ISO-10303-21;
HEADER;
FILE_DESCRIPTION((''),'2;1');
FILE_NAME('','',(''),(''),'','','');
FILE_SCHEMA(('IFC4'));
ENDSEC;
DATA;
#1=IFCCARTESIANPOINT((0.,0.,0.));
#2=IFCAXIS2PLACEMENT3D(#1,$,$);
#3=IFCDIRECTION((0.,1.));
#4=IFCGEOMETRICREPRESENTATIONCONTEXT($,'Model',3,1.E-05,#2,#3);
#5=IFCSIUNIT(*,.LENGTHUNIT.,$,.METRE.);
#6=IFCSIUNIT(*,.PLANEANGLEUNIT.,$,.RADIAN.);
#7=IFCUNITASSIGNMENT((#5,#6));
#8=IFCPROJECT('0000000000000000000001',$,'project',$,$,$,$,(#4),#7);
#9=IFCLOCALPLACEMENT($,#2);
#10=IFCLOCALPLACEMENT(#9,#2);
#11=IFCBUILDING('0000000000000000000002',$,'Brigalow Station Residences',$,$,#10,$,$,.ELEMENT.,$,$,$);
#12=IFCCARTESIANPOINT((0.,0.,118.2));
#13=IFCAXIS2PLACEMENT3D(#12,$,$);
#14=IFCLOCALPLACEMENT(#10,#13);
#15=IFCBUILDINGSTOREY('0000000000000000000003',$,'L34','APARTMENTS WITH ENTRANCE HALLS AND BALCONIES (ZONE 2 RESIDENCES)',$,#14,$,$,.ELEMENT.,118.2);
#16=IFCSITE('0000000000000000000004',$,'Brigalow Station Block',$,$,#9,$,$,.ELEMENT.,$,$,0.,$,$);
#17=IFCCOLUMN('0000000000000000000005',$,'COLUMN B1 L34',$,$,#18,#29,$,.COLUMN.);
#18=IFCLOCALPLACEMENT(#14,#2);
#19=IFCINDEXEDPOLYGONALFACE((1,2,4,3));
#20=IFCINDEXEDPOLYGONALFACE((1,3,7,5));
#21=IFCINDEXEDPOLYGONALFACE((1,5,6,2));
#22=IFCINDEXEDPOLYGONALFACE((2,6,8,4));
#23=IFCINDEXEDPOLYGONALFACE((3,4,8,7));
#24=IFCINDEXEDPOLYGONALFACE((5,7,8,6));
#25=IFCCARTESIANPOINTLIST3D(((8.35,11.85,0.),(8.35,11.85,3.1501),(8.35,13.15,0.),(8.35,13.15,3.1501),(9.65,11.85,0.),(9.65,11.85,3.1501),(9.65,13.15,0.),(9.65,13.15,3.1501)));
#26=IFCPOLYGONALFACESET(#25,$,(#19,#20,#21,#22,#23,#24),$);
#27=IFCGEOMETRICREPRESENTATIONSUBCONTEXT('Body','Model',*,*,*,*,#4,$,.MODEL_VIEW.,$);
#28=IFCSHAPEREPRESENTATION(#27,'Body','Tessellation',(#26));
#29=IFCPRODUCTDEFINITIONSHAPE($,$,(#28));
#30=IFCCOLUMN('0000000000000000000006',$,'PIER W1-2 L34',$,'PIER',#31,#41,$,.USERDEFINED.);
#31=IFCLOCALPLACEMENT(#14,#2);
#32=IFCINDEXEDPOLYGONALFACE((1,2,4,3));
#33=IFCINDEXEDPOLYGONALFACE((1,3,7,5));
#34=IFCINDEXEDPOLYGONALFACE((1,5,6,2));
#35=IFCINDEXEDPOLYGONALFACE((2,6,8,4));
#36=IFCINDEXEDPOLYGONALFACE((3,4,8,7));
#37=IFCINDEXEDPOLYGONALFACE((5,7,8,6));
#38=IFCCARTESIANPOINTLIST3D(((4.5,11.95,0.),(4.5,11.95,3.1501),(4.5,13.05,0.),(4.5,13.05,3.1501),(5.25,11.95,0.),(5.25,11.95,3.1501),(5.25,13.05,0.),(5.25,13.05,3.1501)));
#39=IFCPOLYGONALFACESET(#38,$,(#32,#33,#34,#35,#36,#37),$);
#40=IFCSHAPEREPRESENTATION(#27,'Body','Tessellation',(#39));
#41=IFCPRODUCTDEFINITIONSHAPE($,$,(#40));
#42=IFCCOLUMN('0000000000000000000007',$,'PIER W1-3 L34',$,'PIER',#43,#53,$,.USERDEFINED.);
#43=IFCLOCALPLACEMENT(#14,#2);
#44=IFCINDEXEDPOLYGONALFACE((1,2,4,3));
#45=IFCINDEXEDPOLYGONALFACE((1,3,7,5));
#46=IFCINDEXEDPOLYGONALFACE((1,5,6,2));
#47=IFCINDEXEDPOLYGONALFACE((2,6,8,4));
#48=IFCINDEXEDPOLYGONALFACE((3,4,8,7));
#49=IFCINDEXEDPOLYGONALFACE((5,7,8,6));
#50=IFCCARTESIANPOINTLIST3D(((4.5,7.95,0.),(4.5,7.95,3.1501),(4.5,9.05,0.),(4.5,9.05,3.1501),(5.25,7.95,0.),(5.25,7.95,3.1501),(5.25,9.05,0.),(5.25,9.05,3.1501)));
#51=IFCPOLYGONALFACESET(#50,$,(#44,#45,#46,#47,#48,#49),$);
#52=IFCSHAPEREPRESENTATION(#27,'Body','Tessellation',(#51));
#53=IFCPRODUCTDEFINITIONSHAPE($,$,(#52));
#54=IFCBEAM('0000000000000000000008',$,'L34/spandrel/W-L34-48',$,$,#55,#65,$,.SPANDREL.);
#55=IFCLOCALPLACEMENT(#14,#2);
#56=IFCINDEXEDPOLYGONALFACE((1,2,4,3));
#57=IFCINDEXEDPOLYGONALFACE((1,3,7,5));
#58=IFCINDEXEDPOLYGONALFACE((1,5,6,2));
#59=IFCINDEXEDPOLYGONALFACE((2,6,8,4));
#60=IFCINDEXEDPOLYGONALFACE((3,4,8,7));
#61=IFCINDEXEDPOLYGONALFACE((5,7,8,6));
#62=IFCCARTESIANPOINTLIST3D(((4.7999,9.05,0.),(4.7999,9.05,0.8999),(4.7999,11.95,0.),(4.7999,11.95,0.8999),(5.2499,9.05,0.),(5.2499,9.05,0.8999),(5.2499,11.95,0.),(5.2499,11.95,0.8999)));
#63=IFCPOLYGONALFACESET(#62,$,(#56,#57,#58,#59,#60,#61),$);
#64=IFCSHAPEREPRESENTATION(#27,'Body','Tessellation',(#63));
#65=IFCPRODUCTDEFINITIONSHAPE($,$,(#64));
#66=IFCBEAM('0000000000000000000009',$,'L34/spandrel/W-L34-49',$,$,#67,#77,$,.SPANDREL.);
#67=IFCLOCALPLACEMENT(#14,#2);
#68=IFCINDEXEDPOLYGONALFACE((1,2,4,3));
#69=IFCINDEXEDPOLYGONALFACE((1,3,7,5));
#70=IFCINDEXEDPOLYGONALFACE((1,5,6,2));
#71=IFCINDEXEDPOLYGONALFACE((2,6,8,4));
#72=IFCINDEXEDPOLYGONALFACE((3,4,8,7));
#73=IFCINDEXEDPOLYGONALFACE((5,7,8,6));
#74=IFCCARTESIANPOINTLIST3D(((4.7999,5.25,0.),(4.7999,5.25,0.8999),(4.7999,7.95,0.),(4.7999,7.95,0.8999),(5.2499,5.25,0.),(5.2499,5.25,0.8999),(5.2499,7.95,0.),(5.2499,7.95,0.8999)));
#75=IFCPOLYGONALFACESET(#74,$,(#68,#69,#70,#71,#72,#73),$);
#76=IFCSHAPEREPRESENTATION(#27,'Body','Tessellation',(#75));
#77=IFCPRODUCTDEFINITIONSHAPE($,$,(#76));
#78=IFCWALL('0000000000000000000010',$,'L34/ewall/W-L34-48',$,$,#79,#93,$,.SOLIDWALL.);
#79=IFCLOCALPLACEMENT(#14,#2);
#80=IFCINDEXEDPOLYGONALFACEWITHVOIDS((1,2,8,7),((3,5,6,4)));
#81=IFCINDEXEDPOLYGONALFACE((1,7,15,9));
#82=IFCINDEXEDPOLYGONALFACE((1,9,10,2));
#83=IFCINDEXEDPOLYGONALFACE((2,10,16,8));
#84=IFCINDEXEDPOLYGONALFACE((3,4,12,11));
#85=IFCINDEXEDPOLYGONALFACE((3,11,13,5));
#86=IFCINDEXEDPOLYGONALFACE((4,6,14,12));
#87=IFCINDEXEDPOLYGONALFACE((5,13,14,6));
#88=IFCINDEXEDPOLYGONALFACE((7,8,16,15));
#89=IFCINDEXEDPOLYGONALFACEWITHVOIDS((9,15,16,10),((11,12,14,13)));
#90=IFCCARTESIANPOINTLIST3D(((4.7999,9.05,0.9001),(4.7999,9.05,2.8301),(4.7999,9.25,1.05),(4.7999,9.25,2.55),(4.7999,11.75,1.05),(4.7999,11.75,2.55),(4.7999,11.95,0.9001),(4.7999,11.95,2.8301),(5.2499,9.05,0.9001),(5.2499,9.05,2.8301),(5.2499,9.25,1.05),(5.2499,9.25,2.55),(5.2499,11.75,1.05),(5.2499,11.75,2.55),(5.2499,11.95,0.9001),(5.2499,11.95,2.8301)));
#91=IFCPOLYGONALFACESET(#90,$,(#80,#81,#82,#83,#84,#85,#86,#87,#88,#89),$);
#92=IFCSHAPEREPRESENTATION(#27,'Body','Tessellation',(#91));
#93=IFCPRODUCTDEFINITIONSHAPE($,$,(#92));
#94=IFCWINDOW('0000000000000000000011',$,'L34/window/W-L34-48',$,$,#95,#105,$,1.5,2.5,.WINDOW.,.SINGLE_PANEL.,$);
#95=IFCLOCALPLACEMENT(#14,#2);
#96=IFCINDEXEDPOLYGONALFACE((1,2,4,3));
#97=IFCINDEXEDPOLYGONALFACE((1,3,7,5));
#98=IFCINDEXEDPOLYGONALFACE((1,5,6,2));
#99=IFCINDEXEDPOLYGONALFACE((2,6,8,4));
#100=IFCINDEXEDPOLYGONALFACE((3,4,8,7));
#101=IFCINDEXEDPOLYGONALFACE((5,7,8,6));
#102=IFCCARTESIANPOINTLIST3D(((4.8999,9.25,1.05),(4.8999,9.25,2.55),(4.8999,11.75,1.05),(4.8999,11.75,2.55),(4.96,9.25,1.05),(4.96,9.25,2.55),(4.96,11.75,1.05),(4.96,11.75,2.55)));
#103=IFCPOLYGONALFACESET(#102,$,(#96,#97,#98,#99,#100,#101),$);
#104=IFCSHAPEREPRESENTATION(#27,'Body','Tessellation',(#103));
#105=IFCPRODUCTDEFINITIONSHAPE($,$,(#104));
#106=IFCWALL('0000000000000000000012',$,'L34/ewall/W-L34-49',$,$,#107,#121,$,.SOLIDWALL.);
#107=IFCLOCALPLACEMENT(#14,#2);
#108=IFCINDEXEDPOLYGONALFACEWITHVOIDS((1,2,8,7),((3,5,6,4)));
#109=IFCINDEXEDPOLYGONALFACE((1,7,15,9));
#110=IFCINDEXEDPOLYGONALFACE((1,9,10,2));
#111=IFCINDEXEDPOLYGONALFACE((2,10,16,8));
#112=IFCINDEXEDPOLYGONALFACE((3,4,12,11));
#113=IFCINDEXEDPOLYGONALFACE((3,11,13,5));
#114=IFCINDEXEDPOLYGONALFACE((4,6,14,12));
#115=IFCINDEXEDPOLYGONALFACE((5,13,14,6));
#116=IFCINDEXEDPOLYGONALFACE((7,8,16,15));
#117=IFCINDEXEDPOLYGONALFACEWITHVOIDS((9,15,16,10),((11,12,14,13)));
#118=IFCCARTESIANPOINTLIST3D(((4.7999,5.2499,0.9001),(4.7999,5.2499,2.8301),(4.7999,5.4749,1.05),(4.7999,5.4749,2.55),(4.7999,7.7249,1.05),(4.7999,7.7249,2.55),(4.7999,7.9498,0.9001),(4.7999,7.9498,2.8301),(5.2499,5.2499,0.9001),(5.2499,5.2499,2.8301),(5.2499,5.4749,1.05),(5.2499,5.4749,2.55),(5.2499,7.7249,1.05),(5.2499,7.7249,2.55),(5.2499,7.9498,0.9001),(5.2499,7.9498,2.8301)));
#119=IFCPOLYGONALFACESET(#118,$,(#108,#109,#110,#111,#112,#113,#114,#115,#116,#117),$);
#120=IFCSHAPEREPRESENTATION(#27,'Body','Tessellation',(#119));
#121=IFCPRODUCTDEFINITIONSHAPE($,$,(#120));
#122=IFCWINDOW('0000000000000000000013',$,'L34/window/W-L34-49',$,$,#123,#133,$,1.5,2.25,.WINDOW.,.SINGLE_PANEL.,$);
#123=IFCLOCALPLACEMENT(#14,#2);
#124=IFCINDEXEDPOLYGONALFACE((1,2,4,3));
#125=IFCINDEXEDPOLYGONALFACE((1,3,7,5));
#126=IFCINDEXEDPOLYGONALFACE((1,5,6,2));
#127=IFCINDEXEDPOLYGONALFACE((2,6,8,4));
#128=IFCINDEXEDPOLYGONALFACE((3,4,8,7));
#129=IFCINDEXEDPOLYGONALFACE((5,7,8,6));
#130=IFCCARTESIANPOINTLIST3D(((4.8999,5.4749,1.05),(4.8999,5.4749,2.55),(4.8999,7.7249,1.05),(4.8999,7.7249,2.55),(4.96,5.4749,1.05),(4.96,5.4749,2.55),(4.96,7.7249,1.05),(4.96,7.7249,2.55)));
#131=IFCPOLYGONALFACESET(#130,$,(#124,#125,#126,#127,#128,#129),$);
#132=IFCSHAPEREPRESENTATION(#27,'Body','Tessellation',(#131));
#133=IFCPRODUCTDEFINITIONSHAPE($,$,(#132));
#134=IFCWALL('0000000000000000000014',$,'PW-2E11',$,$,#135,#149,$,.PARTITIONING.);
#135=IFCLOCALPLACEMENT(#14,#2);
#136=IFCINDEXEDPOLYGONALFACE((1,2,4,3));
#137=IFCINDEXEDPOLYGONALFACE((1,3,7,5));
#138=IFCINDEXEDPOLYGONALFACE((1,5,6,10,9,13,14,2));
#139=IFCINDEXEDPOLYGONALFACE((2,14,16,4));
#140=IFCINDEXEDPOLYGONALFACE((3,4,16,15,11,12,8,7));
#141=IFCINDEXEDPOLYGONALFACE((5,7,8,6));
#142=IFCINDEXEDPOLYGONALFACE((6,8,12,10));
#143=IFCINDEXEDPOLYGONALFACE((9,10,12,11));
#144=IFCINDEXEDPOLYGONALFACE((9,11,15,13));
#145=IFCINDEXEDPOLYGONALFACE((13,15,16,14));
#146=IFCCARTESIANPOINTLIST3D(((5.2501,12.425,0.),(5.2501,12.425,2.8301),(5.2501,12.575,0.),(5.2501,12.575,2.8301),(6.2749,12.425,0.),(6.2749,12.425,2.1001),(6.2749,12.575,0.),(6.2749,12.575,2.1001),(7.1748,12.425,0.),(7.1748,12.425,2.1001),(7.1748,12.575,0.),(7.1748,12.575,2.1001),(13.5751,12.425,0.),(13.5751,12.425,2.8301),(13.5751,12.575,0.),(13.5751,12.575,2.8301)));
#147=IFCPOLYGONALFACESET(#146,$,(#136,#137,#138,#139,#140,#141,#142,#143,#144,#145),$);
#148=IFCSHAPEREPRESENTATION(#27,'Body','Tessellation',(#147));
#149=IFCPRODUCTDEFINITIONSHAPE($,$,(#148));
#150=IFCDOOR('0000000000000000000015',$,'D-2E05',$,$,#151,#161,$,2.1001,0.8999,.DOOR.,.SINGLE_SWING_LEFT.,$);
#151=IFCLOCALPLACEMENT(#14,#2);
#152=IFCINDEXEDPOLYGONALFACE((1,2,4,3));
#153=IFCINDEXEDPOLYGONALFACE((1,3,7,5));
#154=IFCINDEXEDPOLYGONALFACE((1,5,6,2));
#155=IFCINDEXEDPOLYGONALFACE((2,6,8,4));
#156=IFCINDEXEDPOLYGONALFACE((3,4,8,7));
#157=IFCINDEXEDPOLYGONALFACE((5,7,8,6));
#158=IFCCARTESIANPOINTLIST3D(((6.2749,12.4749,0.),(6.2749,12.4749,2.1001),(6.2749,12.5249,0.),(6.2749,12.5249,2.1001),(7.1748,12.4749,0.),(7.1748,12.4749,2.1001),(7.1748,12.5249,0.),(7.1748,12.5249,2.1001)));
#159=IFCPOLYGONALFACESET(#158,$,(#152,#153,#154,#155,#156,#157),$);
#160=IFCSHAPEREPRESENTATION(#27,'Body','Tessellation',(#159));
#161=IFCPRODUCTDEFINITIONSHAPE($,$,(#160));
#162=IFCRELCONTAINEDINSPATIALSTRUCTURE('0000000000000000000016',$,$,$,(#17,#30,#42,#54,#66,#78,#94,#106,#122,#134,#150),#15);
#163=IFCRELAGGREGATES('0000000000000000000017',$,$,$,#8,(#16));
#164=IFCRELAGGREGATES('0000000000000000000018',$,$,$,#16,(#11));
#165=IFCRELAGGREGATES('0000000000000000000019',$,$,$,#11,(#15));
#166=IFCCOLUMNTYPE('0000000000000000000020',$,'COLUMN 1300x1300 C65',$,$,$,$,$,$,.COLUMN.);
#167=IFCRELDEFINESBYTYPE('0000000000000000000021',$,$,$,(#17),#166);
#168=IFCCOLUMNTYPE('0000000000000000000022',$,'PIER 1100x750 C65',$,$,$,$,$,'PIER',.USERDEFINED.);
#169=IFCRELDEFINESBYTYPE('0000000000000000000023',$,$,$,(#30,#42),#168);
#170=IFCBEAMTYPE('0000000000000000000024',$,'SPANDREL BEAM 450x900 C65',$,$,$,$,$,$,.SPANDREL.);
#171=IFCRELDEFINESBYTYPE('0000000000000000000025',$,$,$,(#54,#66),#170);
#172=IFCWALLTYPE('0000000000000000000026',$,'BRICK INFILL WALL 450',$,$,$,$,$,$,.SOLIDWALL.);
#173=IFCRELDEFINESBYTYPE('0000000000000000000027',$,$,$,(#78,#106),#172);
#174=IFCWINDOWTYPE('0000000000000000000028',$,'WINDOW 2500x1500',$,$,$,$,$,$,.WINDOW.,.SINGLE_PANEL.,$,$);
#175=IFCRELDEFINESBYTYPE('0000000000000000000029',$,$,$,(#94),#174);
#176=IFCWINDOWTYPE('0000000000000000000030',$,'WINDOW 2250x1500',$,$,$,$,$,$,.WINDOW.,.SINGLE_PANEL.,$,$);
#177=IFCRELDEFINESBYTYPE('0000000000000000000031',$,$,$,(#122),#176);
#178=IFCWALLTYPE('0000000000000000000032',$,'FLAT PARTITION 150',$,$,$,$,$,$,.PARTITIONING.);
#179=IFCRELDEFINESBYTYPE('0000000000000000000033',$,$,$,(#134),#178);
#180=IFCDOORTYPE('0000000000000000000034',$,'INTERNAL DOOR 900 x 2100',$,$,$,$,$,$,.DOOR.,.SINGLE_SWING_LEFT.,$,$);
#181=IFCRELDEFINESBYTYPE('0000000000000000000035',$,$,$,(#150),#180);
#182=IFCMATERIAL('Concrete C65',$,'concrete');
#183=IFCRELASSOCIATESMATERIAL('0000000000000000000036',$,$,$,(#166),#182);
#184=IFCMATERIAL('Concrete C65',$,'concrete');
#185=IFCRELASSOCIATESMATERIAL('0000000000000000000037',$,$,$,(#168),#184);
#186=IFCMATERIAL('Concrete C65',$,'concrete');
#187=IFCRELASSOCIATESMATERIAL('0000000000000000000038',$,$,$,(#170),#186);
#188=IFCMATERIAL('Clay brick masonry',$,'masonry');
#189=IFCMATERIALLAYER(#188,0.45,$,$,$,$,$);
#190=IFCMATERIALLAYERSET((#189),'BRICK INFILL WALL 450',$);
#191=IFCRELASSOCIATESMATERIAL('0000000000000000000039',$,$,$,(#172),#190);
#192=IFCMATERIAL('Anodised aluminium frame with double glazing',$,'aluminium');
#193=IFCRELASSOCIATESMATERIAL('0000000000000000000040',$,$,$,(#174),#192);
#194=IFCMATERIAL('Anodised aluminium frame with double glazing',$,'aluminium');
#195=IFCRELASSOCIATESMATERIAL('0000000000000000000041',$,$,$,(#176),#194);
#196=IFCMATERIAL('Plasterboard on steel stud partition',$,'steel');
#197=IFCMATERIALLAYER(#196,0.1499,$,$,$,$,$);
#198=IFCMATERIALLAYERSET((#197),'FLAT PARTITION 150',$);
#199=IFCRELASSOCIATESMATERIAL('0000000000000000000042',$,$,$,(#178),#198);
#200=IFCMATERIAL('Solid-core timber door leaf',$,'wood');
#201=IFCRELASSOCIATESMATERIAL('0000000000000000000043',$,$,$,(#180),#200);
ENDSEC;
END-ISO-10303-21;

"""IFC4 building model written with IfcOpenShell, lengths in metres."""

from ifc_helpers import new_model, si_unit, direction, frame, frame_2d, origin, origin_2d, place, context, subcontext, project, spatial, rectangle, extrude, material, layer, layer_set, material_profile, profile_set, type_object, element, fill, save


model = new_model("IFC4")

# Units and contexts
model_context = context("Model", 3, precision=1e-05, world=origin(), true_north=direction((0.0, 1.0)))
body_context = subcontext(model_context, "Body", "Model", "MODEL_VIEW")
ifc_project = project(units=[si_unit("LENGTHUNIT", "METRE"), si_unit("PLANEANGLEUNIT", "RADIAN")], contexts=[model_context])

# Site, building, storey
site_placement = place(None, origin())
site = spatial("IfcSite", under=ifc_project, at=site_placement, Name="Brigalow Station Block", CompositionType="ELEMENT", RefElevation=0.0)
building_placement = place(site_placement, origin())
building = spatial("IfcBuilding", under=site, at=building_placement, Name="Brigalow Station Residences", CompositionType="ELEMENT")
storey_placement = place(building_placement, frame((0.0, 0.0, 118.2)))
storey = spatial("IfcBuildingStorey", under=building, at=storey_placement, Name="L34", Description="APARTMENTS WITH ENTRANCE HALLS AND BALCONIES (ZONE 2 RESIDENCES)", CompositionType="ELEMENT", Elevation=118.2)

# Columns
ifc_material_1 = material(Name="Concrete C65", Category="concrete")
ifc_material_profile_1 = material_profile(ifc_material_1, rectangle(XDim=1.3, YDim=1.3, at=origin_2d()), Name="RC1300x1300")
ifc_profile_set_1 = profile_set([ifc_material_profile_1], Name="Concrete C65")
column_type_1 = type_object("IfcColumnType", Name="COLUMN 1300x1300 C65", PredefinedType="COLUMN", material=ifc_profile_set_1)
column_placement = place(storey_placement, frame((9.0, 12.5, 0.0), z_axis=(0.0, 0.0, 1.0), x_axis=(1.0, 0.0, 0.0)))
element("IfcColumn", 1, at=column_placement, inside=storey, type_object=column_type_1, Name="COLUMN B1 L34", PredefinedType="COLUMN", context=body_context, shape_type="SweptSolid", body=[
    extrude(rectangle(XDim=1.3, YDim=1.3, at=origin_2d()), origin(), (0.0, 0.0, 1.0), 3.1501),
])
ifc_material_2 = material(Name="Concrete C65", Category="concrete")
ifc_material_profile_2 = material_profile(ifc_material_2, rectangle(XDim=1.1001, YDim=0.75, at=origin_2d()), Name="RC1100x750")
ifc_profile_set_2 = profile_set([ifc_material_profile_2], Name="Concrete C65")
column_type_2 = type_object("IfcColumnType", Name="PIER 1100x750 C65", ElementType="PIER", PredefinedType="USERDEFINED", material=ifc_profile_set_2)
for number, where, z_axis, x_axis, name in (
    (2, (4.875, 12.5, 0.0), (0.0, 0.0, 1.0), (0.0, -1.0, 0.0), "PIER W1-2 L34"),
    (3, (4.875, 8.5, 0.0), (0.0, 0.0, 1.0), (0.0, -1.0, 0.0), "PIER W1-3 L34"),
):
    element("IfcColumn", number, at=place(storey_placement, frame(where, z_axis=z_axis, x_axis=x_axis)), inside=storey, type_object=column_type_2, Name=name, ObjectType="PIER", PredefinedType="USERDEFINED", context=body_context, shape_type="SweptSolid", body=[
        extrude(rectangle(XDim=1.1001, YDim=0.75, at=origin_2d()), origin(), (0.0, 0.0, 1.0), 3.1501),
    ])

# Beams
ifc_material_3 = material(Name="Concrete C65", Category="concrete")
ifc_material_profile_3 = material_profile(ifc_material_3, rectangle(XDim=0.45, YDim=0.8999, at=origin_2d()), Name="RC450x900")
ifc_profile_set_3 = profile_set([ifc_material_profile_3], Name="Concrete C65")
beam_type = type_object("IfcBeamType", Name="SPANDREL BEAM 450x900 C65", PredefinedType="SPANDREL", material=ifc_profile_set_3)
beam_1_placement = place(storey_placement, frame((5.0249, 11.95, 0.45), z_axis=(0.0, -1.0, 0.0), x_axis=(1.0, 0.0, 0.0)))
element("IfcBeam", 4, at=beam_1_placement, inside=storey, type_object=beam_type, Name="L34/spandrel/W-L34-48", PredefinedType="SPANDREL", context=body_context, shape_type="SweptSolid", body=[
    extrude(rectangle(XDim=0.45, YDim=0.8999, at=origin_2d()), origin(), (0.0, 0.0, 1.0), 2.8999),
])
beam_2_placement = place(storey_placement, frame((5.0249, 7.95, 0.45), z_axis=(0.0, -1.0, 0.0), x_axis=(1.0, 0.0, 0.0)))
element("IfcBeam", 5, at=beam_2_placement, inside=storey, type_object=beam_type, Name="L34/spandrel/W-L34-49", PredefinedType="SPANDREL", context=body_context, shape_type="SweptSolid", body=[
    extrude(rectangle(XDim=0.45, YDim=0.8999, at=origin_2d()), origin(), (0.0, 0.0, 1.0), 2.7),
])

# Walls, openings, windows
ifc_material_4 = material(Name="Clay brick masonry", Category="masonry")
ifc_layer_1 = layer(ifc_material_4, 0.45)
ifc_layer_set_1 = layer_set([ifc_layer_1], Name="BRICK INFILL WALL 450")
wall_type_1 = type_object("IfcWallType", Name="BRICK INFILL WALL 450", PredefinedType="SOLIDWALL", material=ifc_layer_set_1)
wall_1_placement = place(storey_placement, frame((5.0249, 11.95, 0.9001), z_axis=(0.0, 0.0, 1.0), x_axis=(0.0, -1.0, 0.0)))
wall_1 = element("IfcWall", 6, at=wall_1_placement, inside=storey, type_object=wall_type_1, Name="L34/ewall/W-L34-48", PredefinedType="SOLIDWALL", context=body_context, shape_type="SweptSolid", body=[
    extrude(rectangle(XDim=2.8999, YDim=0.45, at=frame_2d((1.45, 0.0))), origin(), (0.0, 0.0, 1.0), 1.9299),
])
opening_1_placement = place(wall_1_placement, frame((0.2, 0.0, 0.1499)))
opening_1 = element("IfcOpeningElement", 7, at=opening_1_placement, cuts=wall_1, PredefinedType="OPENING", context=body_context, shape_type="SweptSolid", body=[
    extrude(rectangle(XDim=2.5, YDim=1.5, at=frame_2d((1.25, 0.75))), frame((0.0, 0.2349, 0.0), z_axis=(0.0, -1.0, 0.0), x_axis=(1.0, 0.0, 0.0)), (0.0, 0.0, 1.0), 0.47),
])
ifc_material_5 = material(Name="Anodised aluminium frame with double glazing", Category="aluminium")
window_type_1 = type_object("IfcWindowType", Name="WINDOW 2500x1500", PartitioningType="SINGLE_PANEL", PredefinedType="WINDOW", material=ifc_material_5)
window_1_placement = place(opening_1_placement, origin())
window_1 = element("IfcWindow", 8, at=window_1_placement, inside=storey, type_object=window_type_1, Name="L34/window/W-L34-48", OverallHeight=1.5, OverallWidth=2.5, PartitioningType="SINGLE_PANEL", PredefinedType="WINDOW", context=body_context, shape_type="SweptSolid", body=[
    extrude(rectangle(XDim=2.5, YDim=1.5, at=frame_2d((1.25, 0.75))), frame((0.0, -0.0649, 0.0), z_axis=(0.0, -1.0, 0.0), x_axis=(1.0, 0.0, 0.0)), (0.0, 0.0, 1.0), 0.0601),
])
fill(opening_1, window_1)
wall_2_placement = place(storey_placement, frame((5.0249, 7.95, 0.9001), z_axis=(0.0, 0.0, 1.0), x_axis=(0.0, -1.0, 0.0)))
wall_2 = element("IfcWall", 9, at=wall_2_placement, inside=storey, type_object=wall_type_1, Name="L34/ewall/W-L34-49", PredefinedType="SOLIDWALL", context=body_context, shape_type="SweptSolid", body=[
    extrude(rectangle(XDim=2.7, YDim=0.45, at=frame_2d((1.3501, 0.0))), origin(), (0.0, 0.0, 1.0), 1.9299),
])
opening_2_placement = place(wall_2_placement, frame((0.2251, 0.0, 0.1499)))
opening_2 = element("IfcOpeningElement", 10, at=opening_2_placement, cuts=wall_2, PredefinedType="OPENING", context=body_context, shape_type="SweptSolid", body=[
    extrude(rectangle(XDim=2.25, YDim=1.5, at=frame_2d((1.125, 0.75))), frame((0.0, 0.2349, 0.0), z_axis=(0.0, -1.0, 0.0), x_axis=(1.0, 0.0, 0.0)), (0.0, 0.0, 1.0), 0.47),
])
ifc_material_6 = material(Name="Anodised aluminium frame with double glazing", Category="aluminium")
window_type_2 = type_object("IfcWindowType", Name="WINDOW 2250x1500", PartitioningType="SINGLE_PANEL", PredefinedType="WINDOW", material=ifc_material_6)
window_2_placement = place(opening_2_placement, origin())
window_2 = element("IfcWindow", 11, at=window_2_placement, inside=storey, type_object=window_type_2, Name="L34/window/W-L34-49", OverallHeight=1.5, OverallWidth=2.25, PartitioningType="SINGLE_PANEL", PredefinedType="WINDOW", context=body_context, shape_type="SweptSolid", body=[
    extrude(rectangle(XDim=2.25, YDim=1.5, at=frame_2d((1.125, 0.75))), frame((0.0, -0.0649, 0.0), z_axis=(0.0, -1.0, 0.0), x_axis=(1.0, 0.0, 0.0)), (0.0, 0.0, 1.0), 0.0601),
])
fill(opening_2, window_2)

# Wall, opening, door
ifc_material_7 = material(Name="Plasterboard on steel stud partition", Category="steel")
ifc_layer_2 = layer(ifc_material_7, 0.1499)
ifc_layer_set_2 = layer_set([ifc_layer_2], Name="FLAT PARTITION 150")
wall_type_2 = type_object("IfcWallType", Name="FLAT PARTITION 150", PredefinedType="PARTITIONING", material=ifc_layer_set_2)
wall_3_placement = place(storey_placement, frame((5.25, 12.5, 0.0), z_axis=(0.0, 0.0, 1.0), x_axis=(1.0, 0.0, 0.0)))
wall_3 = element("IfcWall", 12, at=wall_3_placement, inside=storey, type_object=wall_type_2, Name="PW-2E11", PredefinedType="PARTITIONING", context=body_context, shape_type="SweptSolid", body=[
    extrude(rectangle(XDim=8.325, YDim=0.1499, at=frame_2d((4.1626, 0.0))), origin(), (0.0, 0.0, 1.0), 2.8301),
])
opening_3_placement = place(wall_3_placement, frame((1.0249, 0.0, 0.0)))
opening_3 = element("IfcOpeningElement", 13, at=opening_3_placement, cuts=wall_3, PredefinedType="OPENING", context=body_context, shape_type="SweptSolid", body=[
    extrude(rectangle(XDim=0.8999, YDim=2.1001, at=frame_2d((0.45, 1.05))), frame((0.0, 0.085, 0.0), z_axis=(0.0, -1.0, 0.0), x_axis=(1.0, 0.0, 0.0)), (0.0, 0.0, 1.0), 0.1699),
])
ifc_material_8 = material(Name="Solid-core timber door leaf", Category="wood")
door_type = type_object("IfcDoorType", Name="INTERNAL DOOR 900 x 2100", OperationType="SINGLE_SWING_LEFT", PredefinedType="DOOR", material=ifc_material_8)
door_1_placement = place(opening_3_placement, origin())
door_1 = element("IfcDoor", 14, at=door_1_placement, inside=storey, type_object=door_type, Name="D-2E05", OperationType="SINGLE_SWING_LEFT", OverallHeight=2.1001, OverallWidth=0.8999, PredefinedType="DOOR", context=body_context, shape_type="SweptSolid", body=[
    extrude(rectangle(XDim=0.8999, YDim=2.1001, at=frame_2d((0.45, 1.05))), frame((0.0, 0.0249, 0.0), z_axis=(0.0, -1.0, 0.0), x_axis=(1.0, 0.0, 0.0)), (0.0, 0.0, 1.0), 0.05),
])
fill(opening_3, door_1)

save(model, "model.ifc")
